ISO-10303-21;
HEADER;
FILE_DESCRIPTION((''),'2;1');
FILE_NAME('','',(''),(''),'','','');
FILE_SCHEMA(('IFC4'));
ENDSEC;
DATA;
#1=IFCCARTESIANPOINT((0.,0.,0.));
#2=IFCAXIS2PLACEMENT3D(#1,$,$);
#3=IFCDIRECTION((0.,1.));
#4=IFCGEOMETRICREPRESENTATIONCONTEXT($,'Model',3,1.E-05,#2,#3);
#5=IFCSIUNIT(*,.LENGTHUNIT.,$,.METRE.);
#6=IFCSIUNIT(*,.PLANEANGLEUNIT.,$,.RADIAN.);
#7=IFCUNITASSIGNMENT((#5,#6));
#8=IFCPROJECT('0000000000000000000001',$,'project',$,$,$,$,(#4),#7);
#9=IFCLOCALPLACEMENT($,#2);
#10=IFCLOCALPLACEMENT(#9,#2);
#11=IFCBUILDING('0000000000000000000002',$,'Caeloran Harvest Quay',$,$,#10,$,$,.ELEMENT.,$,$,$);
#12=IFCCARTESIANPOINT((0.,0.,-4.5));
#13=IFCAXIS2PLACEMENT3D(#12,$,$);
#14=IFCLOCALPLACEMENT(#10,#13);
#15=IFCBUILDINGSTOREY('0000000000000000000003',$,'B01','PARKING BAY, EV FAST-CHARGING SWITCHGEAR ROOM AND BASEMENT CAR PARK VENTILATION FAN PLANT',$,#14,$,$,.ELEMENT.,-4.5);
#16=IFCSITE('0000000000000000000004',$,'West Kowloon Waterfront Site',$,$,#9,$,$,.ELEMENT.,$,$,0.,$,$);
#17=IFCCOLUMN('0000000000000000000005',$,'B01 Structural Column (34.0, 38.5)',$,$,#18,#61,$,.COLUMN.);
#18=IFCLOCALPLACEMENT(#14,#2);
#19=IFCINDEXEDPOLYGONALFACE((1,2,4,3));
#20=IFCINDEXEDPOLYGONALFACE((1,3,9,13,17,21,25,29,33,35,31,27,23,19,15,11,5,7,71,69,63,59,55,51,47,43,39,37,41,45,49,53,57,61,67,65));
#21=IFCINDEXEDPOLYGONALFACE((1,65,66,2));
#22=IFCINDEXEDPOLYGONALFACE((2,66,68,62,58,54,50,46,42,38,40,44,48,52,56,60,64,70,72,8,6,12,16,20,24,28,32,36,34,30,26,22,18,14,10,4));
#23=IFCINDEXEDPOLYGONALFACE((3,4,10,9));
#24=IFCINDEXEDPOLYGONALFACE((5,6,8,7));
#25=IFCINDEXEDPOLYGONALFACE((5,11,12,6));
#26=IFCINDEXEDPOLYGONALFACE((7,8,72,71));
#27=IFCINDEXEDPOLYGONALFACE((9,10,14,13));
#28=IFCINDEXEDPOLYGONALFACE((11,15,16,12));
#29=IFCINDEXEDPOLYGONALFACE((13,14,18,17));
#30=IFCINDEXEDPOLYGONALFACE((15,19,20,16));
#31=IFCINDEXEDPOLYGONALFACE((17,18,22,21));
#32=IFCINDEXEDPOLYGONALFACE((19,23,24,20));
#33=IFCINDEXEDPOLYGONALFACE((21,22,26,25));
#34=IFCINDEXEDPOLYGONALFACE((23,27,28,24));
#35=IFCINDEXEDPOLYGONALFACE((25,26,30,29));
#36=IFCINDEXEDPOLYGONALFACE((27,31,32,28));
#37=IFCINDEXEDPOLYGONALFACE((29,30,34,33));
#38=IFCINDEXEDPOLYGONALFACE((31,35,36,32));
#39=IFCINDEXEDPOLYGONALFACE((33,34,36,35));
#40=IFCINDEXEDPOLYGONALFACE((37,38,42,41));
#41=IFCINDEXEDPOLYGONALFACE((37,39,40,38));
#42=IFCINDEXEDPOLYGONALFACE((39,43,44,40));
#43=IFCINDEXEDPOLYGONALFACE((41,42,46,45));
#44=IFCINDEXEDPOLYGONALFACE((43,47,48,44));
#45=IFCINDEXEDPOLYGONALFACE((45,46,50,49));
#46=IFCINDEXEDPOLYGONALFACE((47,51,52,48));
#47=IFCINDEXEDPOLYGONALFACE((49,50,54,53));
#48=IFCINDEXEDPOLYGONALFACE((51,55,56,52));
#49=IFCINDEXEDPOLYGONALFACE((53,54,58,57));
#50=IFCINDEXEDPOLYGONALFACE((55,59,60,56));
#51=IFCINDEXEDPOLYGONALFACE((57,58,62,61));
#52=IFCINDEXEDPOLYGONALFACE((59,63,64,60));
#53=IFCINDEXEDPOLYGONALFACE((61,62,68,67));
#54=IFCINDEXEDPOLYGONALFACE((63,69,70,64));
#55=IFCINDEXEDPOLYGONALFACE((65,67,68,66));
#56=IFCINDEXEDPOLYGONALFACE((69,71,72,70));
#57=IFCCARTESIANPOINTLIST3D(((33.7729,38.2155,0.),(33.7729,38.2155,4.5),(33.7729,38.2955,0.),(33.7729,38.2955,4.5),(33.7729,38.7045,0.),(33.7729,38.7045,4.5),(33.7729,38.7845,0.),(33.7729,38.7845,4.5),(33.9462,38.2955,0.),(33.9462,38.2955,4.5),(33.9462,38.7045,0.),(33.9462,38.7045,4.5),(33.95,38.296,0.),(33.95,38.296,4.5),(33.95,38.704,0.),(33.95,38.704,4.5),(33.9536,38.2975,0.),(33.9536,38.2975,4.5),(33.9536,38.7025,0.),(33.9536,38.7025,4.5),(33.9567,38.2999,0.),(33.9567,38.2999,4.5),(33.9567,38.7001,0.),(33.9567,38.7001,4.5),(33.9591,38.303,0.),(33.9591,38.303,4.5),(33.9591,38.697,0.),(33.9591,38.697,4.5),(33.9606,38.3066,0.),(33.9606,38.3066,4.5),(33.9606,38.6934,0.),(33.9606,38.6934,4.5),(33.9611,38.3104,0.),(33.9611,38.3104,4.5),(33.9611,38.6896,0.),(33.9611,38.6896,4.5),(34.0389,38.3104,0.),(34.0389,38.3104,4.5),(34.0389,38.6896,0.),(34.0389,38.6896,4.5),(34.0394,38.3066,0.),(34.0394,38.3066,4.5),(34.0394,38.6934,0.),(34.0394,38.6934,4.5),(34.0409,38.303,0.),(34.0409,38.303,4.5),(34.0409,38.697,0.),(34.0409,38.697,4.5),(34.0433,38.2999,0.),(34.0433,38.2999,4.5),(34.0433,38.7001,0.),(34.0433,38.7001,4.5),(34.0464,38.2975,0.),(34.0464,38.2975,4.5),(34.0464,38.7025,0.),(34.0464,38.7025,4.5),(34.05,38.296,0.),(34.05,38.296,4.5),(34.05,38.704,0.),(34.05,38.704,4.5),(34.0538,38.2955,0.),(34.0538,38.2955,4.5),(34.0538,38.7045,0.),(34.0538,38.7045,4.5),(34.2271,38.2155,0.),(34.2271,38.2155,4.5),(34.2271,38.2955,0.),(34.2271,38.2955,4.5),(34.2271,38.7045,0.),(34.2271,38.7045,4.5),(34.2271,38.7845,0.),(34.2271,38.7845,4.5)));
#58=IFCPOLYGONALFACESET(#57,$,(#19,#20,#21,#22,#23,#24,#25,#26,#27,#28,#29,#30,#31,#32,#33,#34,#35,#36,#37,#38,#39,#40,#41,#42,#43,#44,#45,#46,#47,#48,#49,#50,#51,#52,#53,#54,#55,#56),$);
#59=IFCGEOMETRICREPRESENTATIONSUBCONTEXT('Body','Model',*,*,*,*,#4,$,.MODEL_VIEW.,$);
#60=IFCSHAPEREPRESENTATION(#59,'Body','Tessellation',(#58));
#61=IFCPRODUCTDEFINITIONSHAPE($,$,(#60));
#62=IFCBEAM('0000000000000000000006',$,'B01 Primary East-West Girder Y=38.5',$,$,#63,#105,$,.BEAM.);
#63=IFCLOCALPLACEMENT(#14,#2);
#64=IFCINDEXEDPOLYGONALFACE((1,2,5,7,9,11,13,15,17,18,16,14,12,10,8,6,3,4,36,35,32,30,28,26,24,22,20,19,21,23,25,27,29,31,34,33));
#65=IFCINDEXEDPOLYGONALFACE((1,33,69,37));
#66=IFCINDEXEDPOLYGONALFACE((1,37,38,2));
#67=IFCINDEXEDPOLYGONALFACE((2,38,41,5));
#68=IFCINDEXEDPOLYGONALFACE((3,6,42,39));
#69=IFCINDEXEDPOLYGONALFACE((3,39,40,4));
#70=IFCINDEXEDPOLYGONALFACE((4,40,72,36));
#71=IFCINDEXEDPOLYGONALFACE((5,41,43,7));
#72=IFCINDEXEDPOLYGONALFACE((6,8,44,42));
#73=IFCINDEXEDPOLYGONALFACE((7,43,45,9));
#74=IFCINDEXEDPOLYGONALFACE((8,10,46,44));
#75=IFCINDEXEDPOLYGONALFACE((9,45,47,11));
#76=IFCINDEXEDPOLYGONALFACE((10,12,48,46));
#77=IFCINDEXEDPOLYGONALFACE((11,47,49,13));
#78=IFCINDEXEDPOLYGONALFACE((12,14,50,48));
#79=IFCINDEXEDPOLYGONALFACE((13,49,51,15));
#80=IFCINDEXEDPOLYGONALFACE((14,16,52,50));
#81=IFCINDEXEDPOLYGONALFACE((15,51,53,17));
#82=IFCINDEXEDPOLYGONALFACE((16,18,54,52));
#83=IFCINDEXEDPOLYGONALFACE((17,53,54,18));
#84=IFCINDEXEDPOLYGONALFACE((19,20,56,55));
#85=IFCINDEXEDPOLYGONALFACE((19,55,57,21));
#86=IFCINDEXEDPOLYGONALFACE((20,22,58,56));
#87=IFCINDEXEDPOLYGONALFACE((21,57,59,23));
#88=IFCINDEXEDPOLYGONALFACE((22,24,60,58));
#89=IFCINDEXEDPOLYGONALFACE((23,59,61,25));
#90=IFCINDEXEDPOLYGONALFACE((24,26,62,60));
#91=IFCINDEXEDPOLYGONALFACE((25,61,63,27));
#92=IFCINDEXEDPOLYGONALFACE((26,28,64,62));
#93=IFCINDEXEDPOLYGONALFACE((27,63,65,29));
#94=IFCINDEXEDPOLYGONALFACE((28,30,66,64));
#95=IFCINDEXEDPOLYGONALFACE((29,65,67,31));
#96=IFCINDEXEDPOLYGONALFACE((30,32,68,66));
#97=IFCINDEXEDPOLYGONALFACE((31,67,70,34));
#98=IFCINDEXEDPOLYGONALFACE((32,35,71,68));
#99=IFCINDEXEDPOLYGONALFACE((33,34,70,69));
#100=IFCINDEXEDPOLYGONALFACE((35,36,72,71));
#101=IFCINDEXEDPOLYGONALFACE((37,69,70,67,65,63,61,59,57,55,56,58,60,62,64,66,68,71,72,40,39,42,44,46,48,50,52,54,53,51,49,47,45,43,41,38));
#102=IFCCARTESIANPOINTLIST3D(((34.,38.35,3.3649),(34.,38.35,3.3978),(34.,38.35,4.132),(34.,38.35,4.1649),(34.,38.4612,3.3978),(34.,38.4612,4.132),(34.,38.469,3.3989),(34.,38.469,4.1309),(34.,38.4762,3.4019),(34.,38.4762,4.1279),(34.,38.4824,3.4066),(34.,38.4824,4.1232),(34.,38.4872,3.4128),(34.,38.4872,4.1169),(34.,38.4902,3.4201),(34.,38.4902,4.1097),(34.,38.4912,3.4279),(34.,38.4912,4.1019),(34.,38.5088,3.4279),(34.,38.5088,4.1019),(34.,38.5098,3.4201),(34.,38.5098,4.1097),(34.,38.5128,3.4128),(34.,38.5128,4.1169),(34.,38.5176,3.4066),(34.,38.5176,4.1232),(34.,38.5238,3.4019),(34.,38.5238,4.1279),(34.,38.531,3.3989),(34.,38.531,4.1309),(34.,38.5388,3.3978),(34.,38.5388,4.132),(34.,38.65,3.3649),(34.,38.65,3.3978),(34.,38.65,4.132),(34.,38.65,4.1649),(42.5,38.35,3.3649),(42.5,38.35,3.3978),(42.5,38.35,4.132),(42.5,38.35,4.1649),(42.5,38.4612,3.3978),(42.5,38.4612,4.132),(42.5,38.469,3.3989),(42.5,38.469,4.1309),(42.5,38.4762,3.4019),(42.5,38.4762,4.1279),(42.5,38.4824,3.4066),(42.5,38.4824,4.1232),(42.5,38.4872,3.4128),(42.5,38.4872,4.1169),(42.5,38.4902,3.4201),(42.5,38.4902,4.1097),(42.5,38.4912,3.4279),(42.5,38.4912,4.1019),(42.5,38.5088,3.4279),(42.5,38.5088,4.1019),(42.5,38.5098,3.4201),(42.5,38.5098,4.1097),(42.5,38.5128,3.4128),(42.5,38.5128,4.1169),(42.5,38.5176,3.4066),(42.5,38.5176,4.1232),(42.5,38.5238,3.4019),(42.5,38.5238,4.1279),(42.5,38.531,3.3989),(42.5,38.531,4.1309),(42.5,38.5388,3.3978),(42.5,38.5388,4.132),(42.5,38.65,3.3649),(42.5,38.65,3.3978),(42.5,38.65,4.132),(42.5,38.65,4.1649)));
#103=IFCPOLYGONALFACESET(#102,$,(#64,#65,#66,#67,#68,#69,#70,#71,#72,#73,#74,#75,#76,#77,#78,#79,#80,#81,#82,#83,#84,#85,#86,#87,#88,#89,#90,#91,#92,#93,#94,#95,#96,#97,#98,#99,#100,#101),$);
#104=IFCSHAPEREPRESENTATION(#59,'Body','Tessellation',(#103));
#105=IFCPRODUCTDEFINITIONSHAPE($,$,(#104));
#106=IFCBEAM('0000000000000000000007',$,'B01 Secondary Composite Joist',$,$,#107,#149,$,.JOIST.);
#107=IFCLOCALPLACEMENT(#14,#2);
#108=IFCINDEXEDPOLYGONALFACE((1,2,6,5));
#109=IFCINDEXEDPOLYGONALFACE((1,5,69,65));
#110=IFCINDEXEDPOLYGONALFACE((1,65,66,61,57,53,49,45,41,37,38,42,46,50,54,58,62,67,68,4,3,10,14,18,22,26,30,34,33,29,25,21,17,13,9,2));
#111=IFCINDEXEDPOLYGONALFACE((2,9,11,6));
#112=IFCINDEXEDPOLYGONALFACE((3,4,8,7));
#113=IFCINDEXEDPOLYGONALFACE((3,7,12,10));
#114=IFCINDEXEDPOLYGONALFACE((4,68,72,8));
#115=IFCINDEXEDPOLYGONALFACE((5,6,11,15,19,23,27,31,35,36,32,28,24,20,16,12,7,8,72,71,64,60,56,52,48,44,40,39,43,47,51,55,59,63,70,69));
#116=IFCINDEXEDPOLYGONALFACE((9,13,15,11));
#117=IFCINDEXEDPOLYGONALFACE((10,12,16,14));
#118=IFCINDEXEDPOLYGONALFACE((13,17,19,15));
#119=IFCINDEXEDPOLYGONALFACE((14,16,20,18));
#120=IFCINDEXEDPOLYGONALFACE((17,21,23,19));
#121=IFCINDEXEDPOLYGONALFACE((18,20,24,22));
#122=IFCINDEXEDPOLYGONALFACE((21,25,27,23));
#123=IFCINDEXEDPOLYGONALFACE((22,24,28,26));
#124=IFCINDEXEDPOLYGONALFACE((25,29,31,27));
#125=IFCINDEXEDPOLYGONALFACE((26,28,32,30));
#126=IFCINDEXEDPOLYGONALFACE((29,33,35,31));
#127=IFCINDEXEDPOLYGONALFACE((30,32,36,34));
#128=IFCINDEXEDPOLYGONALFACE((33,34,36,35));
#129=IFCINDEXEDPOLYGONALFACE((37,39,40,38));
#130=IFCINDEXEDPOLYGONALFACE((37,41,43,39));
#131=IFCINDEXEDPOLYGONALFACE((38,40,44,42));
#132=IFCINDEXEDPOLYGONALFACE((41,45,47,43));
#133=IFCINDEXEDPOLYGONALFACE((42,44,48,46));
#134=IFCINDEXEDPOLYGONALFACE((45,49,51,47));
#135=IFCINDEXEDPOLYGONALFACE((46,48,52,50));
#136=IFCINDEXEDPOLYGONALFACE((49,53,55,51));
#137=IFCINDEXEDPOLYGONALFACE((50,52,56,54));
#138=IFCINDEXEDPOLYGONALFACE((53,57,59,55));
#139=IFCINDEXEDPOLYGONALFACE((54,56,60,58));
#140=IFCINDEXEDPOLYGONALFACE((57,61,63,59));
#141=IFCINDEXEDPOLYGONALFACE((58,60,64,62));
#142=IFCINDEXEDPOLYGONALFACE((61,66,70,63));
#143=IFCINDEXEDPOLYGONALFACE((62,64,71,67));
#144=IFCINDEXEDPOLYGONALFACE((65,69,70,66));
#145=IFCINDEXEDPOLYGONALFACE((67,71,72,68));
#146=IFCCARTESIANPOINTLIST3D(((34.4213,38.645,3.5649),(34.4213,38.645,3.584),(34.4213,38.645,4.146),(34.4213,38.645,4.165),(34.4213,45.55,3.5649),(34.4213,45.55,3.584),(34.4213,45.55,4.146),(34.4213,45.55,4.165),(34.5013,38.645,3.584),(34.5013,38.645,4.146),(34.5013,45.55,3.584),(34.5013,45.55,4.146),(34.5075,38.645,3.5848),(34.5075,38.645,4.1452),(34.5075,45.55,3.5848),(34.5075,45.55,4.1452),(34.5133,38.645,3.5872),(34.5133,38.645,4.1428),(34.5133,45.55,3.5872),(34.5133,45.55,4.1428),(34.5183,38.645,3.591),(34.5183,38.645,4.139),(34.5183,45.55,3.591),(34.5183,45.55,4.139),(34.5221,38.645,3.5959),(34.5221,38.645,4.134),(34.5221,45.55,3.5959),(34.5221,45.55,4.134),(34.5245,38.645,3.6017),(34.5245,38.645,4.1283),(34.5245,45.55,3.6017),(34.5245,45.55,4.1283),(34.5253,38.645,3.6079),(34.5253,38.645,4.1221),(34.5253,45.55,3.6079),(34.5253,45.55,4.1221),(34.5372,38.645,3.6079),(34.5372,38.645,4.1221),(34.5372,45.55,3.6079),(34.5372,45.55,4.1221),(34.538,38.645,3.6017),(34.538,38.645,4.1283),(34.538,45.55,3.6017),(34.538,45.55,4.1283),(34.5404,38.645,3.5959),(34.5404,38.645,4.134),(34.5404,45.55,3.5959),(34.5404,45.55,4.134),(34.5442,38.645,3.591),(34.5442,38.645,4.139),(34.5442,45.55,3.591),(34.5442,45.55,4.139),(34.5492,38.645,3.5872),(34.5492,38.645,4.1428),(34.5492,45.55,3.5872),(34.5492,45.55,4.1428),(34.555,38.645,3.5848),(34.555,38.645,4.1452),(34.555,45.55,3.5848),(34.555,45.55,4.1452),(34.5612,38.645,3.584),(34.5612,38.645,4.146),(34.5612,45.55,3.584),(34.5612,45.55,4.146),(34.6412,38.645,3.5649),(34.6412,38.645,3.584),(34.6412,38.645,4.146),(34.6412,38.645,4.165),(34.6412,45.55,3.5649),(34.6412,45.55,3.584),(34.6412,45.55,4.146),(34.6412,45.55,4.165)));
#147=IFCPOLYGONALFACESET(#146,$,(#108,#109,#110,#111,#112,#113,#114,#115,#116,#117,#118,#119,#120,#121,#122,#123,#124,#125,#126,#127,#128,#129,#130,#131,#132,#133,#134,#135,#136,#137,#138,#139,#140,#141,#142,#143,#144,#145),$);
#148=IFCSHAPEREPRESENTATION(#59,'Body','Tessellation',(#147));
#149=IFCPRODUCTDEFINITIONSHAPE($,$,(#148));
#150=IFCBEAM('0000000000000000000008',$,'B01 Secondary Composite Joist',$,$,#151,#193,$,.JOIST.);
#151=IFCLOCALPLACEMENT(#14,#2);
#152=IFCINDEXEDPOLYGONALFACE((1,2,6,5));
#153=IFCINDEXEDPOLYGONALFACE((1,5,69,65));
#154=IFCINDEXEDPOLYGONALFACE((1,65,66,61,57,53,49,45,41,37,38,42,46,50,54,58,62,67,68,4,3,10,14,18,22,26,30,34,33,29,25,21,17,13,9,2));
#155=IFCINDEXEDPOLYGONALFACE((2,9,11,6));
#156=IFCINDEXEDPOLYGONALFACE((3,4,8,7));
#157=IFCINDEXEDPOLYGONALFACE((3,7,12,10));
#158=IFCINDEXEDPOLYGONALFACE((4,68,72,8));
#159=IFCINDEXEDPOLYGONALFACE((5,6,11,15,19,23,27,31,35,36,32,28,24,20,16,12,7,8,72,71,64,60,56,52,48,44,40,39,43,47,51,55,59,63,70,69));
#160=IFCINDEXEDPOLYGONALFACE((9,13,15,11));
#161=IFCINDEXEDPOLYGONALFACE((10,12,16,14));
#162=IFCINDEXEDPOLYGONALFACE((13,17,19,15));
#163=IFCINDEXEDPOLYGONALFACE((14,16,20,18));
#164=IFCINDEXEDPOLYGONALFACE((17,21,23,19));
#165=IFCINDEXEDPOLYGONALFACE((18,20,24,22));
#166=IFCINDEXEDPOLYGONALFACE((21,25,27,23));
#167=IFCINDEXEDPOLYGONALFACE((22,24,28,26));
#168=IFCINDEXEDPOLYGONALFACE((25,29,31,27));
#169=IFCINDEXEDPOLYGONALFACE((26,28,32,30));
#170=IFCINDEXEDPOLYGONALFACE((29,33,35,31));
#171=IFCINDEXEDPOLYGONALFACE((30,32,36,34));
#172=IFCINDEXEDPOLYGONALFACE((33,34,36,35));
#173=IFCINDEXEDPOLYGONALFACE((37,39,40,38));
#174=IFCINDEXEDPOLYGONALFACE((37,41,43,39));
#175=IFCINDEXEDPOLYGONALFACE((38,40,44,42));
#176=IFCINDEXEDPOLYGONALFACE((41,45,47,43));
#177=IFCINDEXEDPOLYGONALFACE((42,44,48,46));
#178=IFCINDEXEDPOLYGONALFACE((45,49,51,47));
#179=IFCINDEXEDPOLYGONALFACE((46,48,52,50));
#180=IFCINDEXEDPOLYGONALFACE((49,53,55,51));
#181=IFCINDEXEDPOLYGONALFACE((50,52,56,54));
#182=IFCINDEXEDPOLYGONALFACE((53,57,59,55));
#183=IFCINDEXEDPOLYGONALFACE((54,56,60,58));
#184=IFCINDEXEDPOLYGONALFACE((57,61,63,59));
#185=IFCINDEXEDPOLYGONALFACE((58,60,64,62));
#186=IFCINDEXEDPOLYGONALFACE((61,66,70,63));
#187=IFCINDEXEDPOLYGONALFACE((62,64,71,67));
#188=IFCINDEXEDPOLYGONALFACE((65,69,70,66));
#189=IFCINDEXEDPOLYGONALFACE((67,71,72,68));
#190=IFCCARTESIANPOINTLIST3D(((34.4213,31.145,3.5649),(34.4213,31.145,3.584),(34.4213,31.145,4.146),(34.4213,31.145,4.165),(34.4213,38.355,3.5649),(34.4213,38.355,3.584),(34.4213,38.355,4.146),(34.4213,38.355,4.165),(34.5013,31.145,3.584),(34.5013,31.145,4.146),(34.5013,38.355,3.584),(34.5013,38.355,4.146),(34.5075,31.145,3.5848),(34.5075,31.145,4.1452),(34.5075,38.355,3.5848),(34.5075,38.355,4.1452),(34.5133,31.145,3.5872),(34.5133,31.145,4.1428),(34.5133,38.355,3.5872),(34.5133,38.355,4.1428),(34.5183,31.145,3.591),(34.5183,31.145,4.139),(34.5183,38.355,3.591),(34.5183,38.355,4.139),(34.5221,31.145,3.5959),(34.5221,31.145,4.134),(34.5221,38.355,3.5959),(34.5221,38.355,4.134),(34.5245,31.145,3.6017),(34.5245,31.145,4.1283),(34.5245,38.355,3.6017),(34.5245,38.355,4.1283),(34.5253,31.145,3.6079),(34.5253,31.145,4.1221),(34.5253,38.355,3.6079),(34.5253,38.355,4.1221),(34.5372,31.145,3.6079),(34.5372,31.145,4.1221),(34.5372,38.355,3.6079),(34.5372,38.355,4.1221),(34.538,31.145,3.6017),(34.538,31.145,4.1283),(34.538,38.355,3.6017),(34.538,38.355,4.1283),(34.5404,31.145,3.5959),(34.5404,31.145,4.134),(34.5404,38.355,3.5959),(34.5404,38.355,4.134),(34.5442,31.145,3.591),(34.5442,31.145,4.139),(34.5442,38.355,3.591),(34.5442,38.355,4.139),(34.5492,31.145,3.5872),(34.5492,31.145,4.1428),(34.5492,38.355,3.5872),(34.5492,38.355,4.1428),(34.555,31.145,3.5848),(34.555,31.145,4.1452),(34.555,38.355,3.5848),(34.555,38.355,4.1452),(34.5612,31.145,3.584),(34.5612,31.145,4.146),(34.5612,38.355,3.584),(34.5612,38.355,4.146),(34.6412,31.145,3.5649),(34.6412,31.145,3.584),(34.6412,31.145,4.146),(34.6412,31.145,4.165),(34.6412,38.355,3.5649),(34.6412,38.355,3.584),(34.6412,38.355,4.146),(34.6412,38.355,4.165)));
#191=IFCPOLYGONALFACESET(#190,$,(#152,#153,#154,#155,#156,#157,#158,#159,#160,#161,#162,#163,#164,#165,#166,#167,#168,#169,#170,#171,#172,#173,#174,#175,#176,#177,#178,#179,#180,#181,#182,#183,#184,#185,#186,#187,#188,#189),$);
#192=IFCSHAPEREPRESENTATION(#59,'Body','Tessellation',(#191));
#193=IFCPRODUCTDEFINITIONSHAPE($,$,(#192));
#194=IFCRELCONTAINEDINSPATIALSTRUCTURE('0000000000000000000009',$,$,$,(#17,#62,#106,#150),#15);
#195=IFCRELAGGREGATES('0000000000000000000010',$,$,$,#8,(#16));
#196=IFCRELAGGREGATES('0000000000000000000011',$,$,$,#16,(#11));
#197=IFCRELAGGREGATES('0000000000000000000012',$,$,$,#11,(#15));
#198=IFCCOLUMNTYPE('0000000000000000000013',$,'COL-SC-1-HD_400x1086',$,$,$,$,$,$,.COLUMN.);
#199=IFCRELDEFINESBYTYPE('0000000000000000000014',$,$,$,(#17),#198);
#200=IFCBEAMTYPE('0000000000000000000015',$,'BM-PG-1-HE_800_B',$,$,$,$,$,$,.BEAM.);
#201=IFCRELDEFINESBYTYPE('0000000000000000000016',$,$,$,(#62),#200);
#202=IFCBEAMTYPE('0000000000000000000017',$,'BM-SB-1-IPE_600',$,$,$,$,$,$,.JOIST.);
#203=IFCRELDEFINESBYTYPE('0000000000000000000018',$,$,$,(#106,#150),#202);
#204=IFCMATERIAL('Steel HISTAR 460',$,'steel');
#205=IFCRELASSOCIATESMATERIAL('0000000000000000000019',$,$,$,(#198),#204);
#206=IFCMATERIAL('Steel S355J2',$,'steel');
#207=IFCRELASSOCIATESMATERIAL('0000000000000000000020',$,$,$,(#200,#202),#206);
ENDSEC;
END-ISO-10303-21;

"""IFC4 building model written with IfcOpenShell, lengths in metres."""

from ifc_helpers import new_model, si_unit, direction, frame, origin, origin_2d, place, context, subcontext, project, spatial, i_section, extrude, material, material_profile, profile_set, type_object, element, save


model = new_model("IFC4")

# Units and contexts
model_context = context("Model", 3, precision=1e-05, world=origin(), true_north=direction((0.0, 1.0)))
body_context = subcontext(model_context, "Body", "Model", "MODEL_VIEW")
ifc_project = project(units=[si_unit("LENGTHUNIT", "METRE"), si_unit("PLANEANGLEUNIT", "RADIAN")], contexts=[model_context])

# Site, building, storey
site_placement = place(None, origin())
site = spatial("IfcSite", under=ifc_project, at=site_placement, Name="West Kowloon Waterfront Site", CompositionType="ELEMENT", RefElevation=0.0)
building_placement = place(site_placement, origin())
building = spatial("IfcBuilding", under=site, at=building_placement, Name="Caeloran Harvest Quay", CompositionType="ELEMENT")
storey_placement = place(building_placement, frame((0.0, 0.0, -4.5)))
storey = spatial("IfcBuildingStorey", under=building, at=storey_placement, Name="B01", Description="PARKING BAY, EV FAST-CHARGING SWITCHGEAR ROOM AND BASEMENT CAR PARK VENTILATION FAN PLANT", CompositionType="ELEMENT", Elevation=-4.5)

# Column
ifc_material_1 = material(Name="Steel HISTAR 460", Category="steel")
ifc_material_profile_1 = material_profile(ifc_material_1, i_section(OverallWidth=0.4541, OverallDepth=0.5691, WebThickness=0.0779, FlangeThickness=0.0801, FilletRadius=0.0149, at=origin_2d()), Name="HD 400x1086")
ifc_profile_set_1 = profile_set([ifc_material_profile_1], Name="Steel HISTAR 460")
column_type = type_object("IfcColumnType", Name="COL-SC-1-HD_400x1086", PredefinedType="COLUMN", material=ifc_profile_set_1)
column_placement = place(storey_placement, frame((34.0, 38.5, 0.0), z_axis=(0.0, 0.0, 1.0), x_axis=(1.0, 0.0, 0.0)))
element("IfcColumn", 1, at=column_placement, inside=storey, type_object=column_type, Name="B01 Structural Column (34.0, 38.5)", PredefinedType="COLUMN", context=body_context, shape_type="SweptSolid", body=[
    extrude(i_section(OverallWidth=0.4541, OverallDepth=0.5691, WebThickness=0.0779, FlangeThickness=0.0801, FilletRadius=0.0149, at=origin_2d()), origin(), (0.0, 0.0, 1.0), 4.5),
])

# Beams
ifc_material_2 = material(Name="Steel S355J2", Category="steel")
ifc_material_profile_2 = material_profile(ifc_material_2, i_section(OverallWidth=0.3, OverallDepth=0.8, WebThickness=0.0176, FlangeThickness=0.033, FilletRadius=0.03, at=origin_2d()), Name="HE 800 B")
ifc_profile_set_2 = profile_set([ifc_material_profile_2], Name="Steel S355J2")
beam_type_1 = type_object("IfcBeamType", Name="BM-PG-1-HE_800_B", PredefinedType="BEAM", material=ifc_profile_set_2)
beam_1_placement = place(storey_placement, frame((34.0, 38.5, 3.7649), z_axis=(1.0, 0.0, 0.0), x_axis=(0.0, 1.0, 0.0)))
element("IfcBeam", 2, at=beam_1_placement, inside=storey, type_object=beam_type_1, Name="B01 Primary East-West Girder Y=38.5", PredefinedType="BEAM", context=body_context, shape_type="SweptSolid", body=[
    extrude(i_section(OverallWidth=0.3, OverallDepth=0.8, WebThickness=0.0176, FlangeThickness=0.033, FilletRadius=0.03, at=origin_2d()), origin(), (0.0, 0.0, 1.0), 8.5),
])
ifc_material_profile_3 = material_profile(ifc_material_2, i_section(OverallWidth=0.22, OverallDepth=0.6001, WebThickness=0.012, FlangeThickness=0.019, FilletRadius=0.0239, at=origin_2d()), Name="IPE 600")
ifc_profile_set_3 = profile_set([ifc_material_profile_3], Name="Steel S355J2")
beam_type_2 = type_object("IfcBeamType", Name="BM-SB-1-IPE_600", PredefinedType="JOIST", material=ifc_profile_set_3)
beam_2_placement = place(storey_placement, frame((34.5312, 38.645, 3.865), z_axis=(0.0, 1.0, 0.0), x_axis=(-1.0, 0.0, 0.0)))
element("IfcBeam", 3, at=beam_2_placement, inside=storey, type_object=beam_type_2, Name="B01 Secondary Composite Joist", PredefinedType="JOIST", context=body_context, shape_type="SweptSolid", body=[
    extrude(i_section(OverallWidth=0.22, OverallDepth=0.6001, WebThickness=0.012, FlangeThickness=0.019, FilletRadius=0.0239, at=origin_2d()), origin(), (0.0, 0.0, 1.0), 6.905),
])
beam_3_placement = place(storey_placement, frame((34.5312, 31.145, 3.865), z_axis=(0.0, 1.0, 0.0), x_axis=(-1.0, 0.0, 0.0)))
element("IfcBeam", 4, at=beam_3_placement, inside=storey, type_object=beam_type_2, Name="B01 Secondary Composite Joist", PredefinedType="JOIST", context=body_context, shape_type="SweptSolid", body=[
    extrude(i_section(OverallWidth=0.22, OverallDepth=0.6001, WebThickness=0.012, FlangeThickness=0.019, FilletRadius=0.0239, at=origin_2d()), origin(), (0.0, 0.0, 1.0), 7.21),
])

save(model, "model.ifc")
